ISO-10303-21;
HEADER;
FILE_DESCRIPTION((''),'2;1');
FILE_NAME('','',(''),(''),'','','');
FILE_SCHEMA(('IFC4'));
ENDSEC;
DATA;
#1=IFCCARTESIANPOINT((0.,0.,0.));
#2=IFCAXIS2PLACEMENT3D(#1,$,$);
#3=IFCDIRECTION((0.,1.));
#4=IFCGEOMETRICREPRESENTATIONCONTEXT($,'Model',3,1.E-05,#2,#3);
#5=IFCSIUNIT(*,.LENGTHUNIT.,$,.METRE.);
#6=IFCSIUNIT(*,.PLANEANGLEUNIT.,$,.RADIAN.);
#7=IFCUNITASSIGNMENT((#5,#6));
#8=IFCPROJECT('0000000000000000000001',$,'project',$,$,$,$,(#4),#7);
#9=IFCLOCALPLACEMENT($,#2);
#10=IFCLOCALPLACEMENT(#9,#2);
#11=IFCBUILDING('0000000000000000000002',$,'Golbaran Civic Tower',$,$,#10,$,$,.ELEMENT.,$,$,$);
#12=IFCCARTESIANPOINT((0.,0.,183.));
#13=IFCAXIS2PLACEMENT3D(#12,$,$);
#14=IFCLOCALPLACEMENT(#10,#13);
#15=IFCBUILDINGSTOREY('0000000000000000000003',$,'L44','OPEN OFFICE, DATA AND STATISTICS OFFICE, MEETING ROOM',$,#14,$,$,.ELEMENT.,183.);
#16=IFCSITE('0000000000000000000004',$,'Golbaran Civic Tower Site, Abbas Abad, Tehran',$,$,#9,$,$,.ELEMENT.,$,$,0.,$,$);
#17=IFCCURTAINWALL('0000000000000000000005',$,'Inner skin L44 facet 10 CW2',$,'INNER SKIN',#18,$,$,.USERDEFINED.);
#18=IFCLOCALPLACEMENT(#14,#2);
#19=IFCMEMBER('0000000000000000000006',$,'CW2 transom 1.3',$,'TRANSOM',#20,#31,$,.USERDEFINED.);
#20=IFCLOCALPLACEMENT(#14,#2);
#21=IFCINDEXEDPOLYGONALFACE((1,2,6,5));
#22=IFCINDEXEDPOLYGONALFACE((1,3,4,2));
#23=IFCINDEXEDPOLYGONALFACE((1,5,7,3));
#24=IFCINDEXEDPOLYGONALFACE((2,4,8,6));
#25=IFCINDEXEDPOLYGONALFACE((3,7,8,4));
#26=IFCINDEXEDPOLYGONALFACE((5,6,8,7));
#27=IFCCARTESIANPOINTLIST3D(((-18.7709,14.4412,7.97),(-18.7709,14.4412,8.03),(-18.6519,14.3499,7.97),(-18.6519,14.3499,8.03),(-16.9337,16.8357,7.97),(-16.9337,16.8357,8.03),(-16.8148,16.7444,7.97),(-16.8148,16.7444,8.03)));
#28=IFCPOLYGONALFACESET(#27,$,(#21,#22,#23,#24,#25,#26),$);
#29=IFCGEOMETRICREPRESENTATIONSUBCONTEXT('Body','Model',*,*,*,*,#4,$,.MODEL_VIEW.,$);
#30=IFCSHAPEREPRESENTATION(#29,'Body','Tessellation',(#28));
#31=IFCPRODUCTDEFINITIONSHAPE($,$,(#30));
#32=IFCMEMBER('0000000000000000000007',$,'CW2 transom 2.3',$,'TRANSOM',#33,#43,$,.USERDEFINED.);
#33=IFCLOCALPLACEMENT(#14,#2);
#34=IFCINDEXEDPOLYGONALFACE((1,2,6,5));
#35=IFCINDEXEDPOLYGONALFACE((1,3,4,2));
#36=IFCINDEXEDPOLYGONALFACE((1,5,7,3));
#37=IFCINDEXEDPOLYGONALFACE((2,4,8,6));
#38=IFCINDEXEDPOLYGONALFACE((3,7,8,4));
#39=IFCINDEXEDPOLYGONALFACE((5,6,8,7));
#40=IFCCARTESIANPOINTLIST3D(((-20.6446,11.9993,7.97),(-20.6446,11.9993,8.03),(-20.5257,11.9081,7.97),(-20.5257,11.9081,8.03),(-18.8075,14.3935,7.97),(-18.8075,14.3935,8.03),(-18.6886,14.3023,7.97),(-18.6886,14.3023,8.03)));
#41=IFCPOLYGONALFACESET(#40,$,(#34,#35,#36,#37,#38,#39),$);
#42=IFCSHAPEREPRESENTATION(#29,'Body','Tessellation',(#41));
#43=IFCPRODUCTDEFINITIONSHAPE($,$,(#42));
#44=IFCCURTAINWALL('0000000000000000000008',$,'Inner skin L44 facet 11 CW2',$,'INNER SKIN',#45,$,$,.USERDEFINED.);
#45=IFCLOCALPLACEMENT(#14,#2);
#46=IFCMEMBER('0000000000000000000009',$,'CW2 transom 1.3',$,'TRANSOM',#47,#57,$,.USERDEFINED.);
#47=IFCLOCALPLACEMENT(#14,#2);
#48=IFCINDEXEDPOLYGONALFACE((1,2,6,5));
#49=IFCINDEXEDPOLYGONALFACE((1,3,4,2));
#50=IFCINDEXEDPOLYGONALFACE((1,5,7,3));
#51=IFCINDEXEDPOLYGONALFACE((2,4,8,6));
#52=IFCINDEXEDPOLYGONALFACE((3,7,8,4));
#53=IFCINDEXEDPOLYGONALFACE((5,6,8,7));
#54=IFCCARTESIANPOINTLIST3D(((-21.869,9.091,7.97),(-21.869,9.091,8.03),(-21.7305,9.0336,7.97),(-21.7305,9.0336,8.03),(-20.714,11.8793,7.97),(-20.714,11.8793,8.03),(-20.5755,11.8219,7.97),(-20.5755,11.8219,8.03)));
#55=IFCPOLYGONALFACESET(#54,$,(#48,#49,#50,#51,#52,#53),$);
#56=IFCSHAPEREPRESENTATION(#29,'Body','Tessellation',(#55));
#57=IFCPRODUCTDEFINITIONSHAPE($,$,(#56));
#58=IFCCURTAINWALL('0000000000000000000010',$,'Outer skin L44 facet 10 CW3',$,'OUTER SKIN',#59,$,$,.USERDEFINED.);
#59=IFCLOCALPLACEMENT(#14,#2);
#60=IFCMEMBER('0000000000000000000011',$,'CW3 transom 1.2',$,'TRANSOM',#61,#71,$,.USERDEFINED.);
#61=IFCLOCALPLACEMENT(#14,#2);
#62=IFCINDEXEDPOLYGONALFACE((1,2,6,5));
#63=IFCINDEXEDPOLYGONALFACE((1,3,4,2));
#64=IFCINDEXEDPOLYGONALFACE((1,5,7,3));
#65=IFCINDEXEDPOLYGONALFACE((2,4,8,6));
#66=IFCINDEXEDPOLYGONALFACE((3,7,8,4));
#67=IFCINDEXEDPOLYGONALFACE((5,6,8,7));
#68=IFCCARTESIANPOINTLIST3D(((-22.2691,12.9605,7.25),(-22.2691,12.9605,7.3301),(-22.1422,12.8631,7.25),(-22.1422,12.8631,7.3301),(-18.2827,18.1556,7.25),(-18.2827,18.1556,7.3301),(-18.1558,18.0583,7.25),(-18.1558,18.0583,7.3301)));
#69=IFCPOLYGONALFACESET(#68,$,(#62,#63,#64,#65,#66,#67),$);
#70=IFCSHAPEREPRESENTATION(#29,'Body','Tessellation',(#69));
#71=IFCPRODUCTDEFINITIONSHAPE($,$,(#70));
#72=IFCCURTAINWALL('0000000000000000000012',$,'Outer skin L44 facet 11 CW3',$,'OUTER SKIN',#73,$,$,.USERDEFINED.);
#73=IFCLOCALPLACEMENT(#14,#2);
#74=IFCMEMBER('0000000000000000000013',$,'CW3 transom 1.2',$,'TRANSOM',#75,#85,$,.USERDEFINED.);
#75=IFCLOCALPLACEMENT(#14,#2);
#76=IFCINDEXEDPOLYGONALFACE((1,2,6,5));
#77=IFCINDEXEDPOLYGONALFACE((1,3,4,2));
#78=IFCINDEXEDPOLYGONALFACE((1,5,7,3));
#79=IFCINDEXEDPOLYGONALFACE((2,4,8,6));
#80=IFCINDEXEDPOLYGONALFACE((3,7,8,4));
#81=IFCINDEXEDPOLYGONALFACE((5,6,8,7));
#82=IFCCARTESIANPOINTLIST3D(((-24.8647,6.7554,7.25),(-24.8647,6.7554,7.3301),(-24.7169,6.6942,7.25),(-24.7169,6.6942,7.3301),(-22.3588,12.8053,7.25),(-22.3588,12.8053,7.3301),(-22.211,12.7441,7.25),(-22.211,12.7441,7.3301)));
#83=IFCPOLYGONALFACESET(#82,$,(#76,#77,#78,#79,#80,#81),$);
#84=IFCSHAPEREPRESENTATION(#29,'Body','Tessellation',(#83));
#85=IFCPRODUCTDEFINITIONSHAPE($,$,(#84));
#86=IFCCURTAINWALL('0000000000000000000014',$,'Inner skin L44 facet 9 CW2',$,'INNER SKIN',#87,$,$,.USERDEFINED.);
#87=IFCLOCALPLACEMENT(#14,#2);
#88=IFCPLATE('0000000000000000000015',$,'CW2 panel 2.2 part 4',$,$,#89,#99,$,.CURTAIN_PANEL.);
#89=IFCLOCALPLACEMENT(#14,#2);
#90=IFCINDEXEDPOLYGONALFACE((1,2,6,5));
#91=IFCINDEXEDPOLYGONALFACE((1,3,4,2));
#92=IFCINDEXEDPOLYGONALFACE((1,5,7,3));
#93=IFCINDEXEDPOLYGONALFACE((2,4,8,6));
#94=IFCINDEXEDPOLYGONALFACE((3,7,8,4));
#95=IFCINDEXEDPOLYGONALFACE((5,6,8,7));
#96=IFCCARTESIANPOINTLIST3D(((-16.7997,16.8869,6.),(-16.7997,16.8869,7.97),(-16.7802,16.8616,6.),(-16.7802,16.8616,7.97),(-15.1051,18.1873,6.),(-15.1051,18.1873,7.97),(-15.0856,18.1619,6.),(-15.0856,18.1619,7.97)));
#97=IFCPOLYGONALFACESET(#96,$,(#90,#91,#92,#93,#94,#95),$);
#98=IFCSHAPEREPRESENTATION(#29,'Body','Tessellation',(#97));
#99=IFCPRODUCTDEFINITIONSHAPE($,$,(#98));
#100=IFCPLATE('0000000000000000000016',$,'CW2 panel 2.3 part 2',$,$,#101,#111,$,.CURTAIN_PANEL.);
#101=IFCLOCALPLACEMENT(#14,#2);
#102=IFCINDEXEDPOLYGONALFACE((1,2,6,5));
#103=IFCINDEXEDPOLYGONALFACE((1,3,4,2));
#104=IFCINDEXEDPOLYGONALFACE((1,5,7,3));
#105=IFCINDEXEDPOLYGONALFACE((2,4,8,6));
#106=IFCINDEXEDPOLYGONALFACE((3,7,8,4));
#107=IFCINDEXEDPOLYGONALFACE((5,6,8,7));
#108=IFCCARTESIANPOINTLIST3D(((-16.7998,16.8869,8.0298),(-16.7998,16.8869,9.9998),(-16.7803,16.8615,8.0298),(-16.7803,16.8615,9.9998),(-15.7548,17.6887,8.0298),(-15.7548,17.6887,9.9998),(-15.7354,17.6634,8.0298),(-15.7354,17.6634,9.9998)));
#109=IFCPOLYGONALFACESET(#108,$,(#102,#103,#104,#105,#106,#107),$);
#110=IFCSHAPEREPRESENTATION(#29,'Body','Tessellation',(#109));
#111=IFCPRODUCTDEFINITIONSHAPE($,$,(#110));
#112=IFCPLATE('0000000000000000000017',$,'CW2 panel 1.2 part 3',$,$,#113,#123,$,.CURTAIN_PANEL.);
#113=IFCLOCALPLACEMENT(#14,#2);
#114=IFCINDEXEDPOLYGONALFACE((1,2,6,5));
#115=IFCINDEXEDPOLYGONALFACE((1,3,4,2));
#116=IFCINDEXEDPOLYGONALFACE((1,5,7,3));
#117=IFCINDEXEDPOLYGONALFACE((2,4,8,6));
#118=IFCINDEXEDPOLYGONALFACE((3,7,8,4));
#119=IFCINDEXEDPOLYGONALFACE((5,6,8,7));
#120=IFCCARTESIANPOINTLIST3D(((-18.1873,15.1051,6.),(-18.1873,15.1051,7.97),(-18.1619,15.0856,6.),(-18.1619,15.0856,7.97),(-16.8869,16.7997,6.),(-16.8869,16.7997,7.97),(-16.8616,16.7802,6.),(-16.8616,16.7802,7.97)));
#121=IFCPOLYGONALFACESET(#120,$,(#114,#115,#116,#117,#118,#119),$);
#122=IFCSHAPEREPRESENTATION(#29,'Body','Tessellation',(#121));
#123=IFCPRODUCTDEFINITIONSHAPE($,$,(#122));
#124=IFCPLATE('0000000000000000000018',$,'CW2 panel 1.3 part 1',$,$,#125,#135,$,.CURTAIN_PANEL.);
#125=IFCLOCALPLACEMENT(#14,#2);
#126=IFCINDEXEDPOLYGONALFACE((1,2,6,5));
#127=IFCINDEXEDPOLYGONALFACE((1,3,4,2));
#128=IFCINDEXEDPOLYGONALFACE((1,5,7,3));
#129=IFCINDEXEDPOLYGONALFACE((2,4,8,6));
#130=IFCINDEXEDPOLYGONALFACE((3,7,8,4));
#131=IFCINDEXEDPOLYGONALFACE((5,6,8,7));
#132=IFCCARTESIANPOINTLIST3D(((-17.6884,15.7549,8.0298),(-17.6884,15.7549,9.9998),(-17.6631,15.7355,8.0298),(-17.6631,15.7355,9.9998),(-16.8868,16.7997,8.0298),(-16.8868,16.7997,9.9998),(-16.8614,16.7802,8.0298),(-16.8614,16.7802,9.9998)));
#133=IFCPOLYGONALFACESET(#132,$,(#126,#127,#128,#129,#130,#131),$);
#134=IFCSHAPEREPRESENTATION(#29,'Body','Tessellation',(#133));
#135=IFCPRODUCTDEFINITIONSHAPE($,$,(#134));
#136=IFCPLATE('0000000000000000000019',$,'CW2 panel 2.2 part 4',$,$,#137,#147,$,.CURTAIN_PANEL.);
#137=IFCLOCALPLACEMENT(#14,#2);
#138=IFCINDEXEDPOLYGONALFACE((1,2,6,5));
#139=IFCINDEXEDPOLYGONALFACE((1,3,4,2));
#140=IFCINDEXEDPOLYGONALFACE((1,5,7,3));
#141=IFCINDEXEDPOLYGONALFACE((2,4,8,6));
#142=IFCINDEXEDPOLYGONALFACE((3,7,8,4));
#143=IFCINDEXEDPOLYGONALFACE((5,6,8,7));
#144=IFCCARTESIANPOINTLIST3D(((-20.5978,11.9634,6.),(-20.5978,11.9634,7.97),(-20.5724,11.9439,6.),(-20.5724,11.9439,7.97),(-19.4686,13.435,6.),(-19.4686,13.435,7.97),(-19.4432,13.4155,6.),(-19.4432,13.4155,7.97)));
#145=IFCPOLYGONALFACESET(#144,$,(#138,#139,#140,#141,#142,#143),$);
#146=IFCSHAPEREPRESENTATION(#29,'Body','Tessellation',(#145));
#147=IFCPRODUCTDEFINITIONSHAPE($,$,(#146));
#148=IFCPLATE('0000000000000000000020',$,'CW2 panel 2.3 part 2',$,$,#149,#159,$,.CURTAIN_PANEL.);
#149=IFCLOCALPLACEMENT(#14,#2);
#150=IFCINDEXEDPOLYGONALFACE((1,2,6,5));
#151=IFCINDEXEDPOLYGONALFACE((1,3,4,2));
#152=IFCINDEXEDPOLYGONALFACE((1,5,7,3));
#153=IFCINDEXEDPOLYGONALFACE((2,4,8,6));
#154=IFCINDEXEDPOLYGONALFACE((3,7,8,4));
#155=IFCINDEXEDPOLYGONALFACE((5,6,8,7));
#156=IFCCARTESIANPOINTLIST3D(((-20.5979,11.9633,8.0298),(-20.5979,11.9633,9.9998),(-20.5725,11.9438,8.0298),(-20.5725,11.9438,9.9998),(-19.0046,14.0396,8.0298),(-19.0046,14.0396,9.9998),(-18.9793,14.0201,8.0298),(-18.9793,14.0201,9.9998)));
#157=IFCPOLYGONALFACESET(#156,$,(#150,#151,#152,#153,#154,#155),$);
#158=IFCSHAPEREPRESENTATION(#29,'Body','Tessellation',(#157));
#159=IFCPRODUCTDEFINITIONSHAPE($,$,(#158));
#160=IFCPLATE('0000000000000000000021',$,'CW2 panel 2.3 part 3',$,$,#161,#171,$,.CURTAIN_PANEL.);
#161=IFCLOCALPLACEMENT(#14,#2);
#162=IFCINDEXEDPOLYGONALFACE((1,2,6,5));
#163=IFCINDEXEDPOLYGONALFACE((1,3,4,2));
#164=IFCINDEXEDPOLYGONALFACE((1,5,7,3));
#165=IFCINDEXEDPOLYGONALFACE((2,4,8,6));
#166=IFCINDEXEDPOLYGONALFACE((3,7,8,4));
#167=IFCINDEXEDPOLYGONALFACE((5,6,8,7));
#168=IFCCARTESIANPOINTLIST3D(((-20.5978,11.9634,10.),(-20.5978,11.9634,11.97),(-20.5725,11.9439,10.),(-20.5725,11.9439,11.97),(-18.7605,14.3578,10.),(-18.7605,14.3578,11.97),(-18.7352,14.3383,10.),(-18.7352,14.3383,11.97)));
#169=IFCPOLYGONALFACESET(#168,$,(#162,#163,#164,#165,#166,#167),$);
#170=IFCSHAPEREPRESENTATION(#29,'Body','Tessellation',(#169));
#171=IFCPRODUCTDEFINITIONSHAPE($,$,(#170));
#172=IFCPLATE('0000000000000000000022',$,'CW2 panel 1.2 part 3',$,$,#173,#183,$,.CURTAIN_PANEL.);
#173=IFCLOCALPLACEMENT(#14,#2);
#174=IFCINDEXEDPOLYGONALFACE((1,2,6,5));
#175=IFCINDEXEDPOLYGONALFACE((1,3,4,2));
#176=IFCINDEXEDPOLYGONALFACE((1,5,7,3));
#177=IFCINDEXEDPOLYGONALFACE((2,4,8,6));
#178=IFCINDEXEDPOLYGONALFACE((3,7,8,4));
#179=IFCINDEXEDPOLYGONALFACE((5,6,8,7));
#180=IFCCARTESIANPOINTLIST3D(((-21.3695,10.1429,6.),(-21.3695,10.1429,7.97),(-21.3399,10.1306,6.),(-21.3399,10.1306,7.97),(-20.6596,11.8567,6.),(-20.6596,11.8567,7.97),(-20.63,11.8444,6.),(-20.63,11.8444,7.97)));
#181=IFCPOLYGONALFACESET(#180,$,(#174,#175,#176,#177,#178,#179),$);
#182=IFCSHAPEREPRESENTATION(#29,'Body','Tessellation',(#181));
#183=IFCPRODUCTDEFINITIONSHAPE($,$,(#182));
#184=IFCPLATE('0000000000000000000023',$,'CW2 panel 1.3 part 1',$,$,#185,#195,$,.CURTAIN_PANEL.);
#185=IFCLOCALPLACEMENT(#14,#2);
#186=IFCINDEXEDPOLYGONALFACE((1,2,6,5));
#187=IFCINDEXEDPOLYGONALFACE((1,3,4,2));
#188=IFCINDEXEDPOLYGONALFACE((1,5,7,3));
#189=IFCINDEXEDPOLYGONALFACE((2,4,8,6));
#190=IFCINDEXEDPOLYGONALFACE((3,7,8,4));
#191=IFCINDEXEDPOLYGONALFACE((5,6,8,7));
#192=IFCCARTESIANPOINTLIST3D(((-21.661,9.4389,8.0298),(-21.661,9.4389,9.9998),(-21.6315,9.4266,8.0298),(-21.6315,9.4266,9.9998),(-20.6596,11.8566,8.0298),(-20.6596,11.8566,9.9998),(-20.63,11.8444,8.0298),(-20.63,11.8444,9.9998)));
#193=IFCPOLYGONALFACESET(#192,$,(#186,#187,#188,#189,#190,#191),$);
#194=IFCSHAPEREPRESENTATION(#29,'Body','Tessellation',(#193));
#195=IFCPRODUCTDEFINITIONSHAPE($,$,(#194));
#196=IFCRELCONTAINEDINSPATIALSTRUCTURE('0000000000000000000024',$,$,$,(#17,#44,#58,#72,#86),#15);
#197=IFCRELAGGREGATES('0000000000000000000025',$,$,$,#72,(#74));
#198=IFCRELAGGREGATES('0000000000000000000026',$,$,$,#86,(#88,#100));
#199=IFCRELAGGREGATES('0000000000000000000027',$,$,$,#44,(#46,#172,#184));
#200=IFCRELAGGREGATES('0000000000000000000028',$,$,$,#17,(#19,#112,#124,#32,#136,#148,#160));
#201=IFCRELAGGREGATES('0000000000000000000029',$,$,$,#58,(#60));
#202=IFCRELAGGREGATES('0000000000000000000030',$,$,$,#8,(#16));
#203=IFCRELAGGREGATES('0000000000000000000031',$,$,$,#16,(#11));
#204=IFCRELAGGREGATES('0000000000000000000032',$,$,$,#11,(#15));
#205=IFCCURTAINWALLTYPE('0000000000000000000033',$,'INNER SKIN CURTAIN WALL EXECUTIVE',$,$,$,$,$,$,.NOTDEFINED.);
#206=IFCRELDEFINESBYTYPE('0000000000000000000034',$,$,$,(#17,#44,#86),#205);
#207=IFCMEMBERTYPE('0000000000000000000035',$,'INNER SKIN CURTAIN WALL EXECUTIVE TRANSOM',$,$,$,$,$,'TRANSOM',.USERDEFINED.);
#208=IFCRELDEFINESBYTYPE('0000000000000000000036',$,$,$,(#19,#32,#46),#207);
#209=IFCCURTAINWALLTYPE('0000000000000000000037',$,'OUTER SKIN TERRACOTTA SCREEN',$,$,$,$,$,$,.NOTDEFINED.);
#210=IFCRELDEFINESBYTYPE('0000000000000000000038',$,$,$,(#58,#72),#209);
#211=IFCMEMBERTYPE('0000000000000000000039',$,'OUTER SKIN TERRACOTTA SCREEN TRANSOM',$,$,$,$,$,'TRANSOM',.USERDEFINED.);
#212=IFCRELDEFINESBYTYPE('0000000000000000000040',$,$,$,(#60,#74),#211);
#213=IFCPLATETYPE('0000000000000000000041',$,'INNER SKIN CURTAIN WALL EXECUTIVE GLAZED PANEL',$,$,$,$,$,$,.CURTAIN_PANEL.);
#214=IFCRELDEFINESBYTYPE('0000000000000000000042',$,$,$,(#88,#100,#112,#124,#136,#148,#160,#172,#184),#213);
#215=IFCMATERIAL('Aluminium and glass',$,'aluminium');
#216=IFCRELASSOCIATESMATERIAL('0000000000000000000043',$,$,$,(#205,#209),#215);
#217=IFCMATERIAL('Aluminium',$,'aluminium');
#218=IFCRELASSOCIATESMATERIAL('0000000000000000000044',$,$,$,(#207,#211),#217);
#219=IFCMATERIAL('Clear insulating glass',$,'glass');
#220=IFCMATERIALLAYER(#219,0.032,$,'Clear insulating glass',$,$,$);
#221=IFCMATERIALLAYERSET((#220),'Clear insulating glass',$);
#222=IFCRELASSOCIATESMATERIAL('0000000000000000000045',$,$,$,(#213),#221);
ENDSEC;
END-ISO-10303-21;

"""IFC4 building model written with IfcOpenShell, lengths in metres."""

from ifc_helpers import new_model, si_unit, direction, frame, origin, origin_2d, place, context, subcontext, project, spatial, rectangle, extrude, material, layer, layer_set, material_profile, profile_set, type_object, element, aggregate, save


model = new_model("IFC4")

# Units and contexts
model_context = context("Model", 3, precision=1e-05, world=origin(), true_north=direction((0.0, 1.0)))
body_context = subcontext(model_context, "Body", "Model", "MODEL_VIEW")
ifc_project = project(units=[si_unit("LENGTHUNIT", "METRE"), si_unit("PLANEANGLEUNIT", "RADIAN")], contexts=[model_context])

# Site, building, storey
site_placement = place(None, origin())
site = spatial("IfcSite", under=ifc_project, at=site_placement, Name="Golbaran Civic Tower Site, Abbas Abad, Tehran", CompositionType="ELEMENT", RefElevation=0.0)
building_placement = place(site_placement, origin())
building = spatial("IfcBuilding", under=site, at=building_placement, Name="Golbaran Civic Tower", CompositionType="ELEMENT")
storey_placement = place(building_placement, frame((0.0, 0.0, 183.0)))
storey = spatial("IfcBuildingStorey", under=building, at=storey_placement, Name="L44", Description="OPEN OFFICE, DATA AND STATISTICS OFFICE, MEETING ROOM", CompositionType="ELEMENT", Elevation=183.0)

# Curtain wall, members
ifc_material_1 = material(Name="Aluminium and glass", Category="aluminium")
curtain_wall_type_1 = type_object("IfcCurtainWallType", Name="INNER SKIN CURTAIN WALL EXECUTIVE", PredefinedType="NOTDEFINED", material=ifc_material_1)
curtain_wall_1_placement = place(storey_placement, origin())
curtain_wall_1 = element("IfcCurtainWall", 1, at=curtain_wall_1_placement, inside=storey, type_object=curtain_wall_type_1, Name="Inner skin L44 facet 10 CW2", ObjectType="INNER SKIN", PredefinedType="USERDEFINED")
ifc_material_2 = material(Name="Aluminium", Category="aluminium")
ifc_material_profile_1 = material_profile(ifc_material_2, rectangle(XDim=0.1499, YDim=0.0601, at=origin_2d()), Name="INNER SKIN CURTAIN WALL EXECUTIVE TRANSOM")
ifc_profile_set_1 = profile_set([ifc_material_profile_1], Name="Aluminium")
member_type_1 = type_object("IfcMemberType", Name="INNER SKIN CURTAIN WALL EXECUTIVE TRANSOM", ElementType="TRANSOM", PredefinedType="USERDEFINED", material=ifc_profile_set_1)
member_1_placement = place(storey_placement, frame((-16.8743, 16.79, 8.0), z_axis=(-0.608713, -0.79339, 0.0), x_axis=(0.79339, -0.608713, 0.0)))
member_1 = element("IfcMember", 2, at=member_1_placement, type_object=member_type_1, Name="CW2 transom 1.3", ObjectType="TRANSOM", PredefinedType="USERDEFINED", context=body_context, shape_type="SweptSolid", body=[
    extrude(rectangle(XDim=0.1499, YDim=0.0601, at=origin_2d()), origin(), (0.0, 0.0, 1.0), 3.0181),
])
member_2_placement = place(storey_placement, frame((-18.748, 14.3479, 8.0), z_axis=(-0.608752, -0.79336, 0.0), x_axis=(0.79336, -0.608752, 0.0)))
member_2 = element("IfcMember", 3, at=member_2_placement, type_object=member_type_1, Name="CW2 transom 2.3", ObjectType="TRANSOM", PredefinedType="USERDEFINED", context=body_context, shape_type="SweptSolid", body=[
    extrude(rectangle(XDim=0.1499, YDim=0.0601, at=origin_2d()), origin(), (0.0, 0.0, 1.0), 3.0178),
])

# Curtain walls, members
curtain_wall_2_placement = place(storey_placement, origin())
curtain_wall_2 = element("IfcCurtainWall", 4, at=curtain_wall_2_placement, inside=storey, type_object=curtain_wall_type_1, Name="Inner skin L44 facet 11 CW2", ObjectType="INNER SKIN", PredefinedType="USERDEFINED")
member_3_placement = place(storey_placement, frame((-20.6448, 11.8506, 8.0), z_axis=(-0.382702, -0.923872, 0.0), x_axis=(0.923872, -0.382702, 0.0)))
member_3 = element("IfcMember", 5, at=member_3_placement, type_object=member_type_1, Name="CW2 transom 1.3", ObjectType="TRANSOM", PredefinedType="USERDEFINED", context=body_context, shape_type="SweptSolid", body=[
    extrude(rectangle(XDim=0.1499, YDim=0.0601, at=origin_2d()), origin(), (0.0, 0.0, 1.0), 3.0181),
])
curtain_wall_type_2 = type_object("IfcCurtainWallType", Name="OUTER SKIN TERRACOTTA SCREEN", PredefinedType="NOTDEFINED", material=ifc_material_1)
curtain_wall_3_placement = place(storey_placement, origin())
curtain_wall_3 = element("IfcCurtainWall", 6, at=curtain_wall_3_placement, inside=storey, type_object=curtain_wall_type_2, Name="Outer skin L44 facet 10 CW3", ObjectType="OUTER SKIN", PredefinedType="USERDEFINED")
ifc_material_profile_2 = material_profile(ifc_material_2, rectangle(XDim=0.1599, YDim=0.0801, at=origin_2d()), Name="OUTER SKIN TERRACOTTA SCREEN TRANSOM")
ifc_profile_set_2 = profile_set([ifc_material_profile_2], Name="Aluminium")
member_type_2 = type_object("IfcMemberType", Name="OUTER SKIN TERRACOTTA SCREEN TRANSOM", ElementType="TRANSOM", PredefinedType="USERDEFINED", material=ifc_profile_set_2)
member_4_placement = place(storey_placement, frame((-18.2192, 18.1069, 7.29), z_axis=(-0.608763, -0.793352, 0.0), x_axis=(0.793352, -0.608763, 0.0)))
member_4 = element("IfcMember", 7, at=member_4_placement, type_object=member_type_2, Name="CW3 transom 1.2", ObjectType="TRANSOM", PredefinedType="USERDEFINED", context=body_context, shape_type="SweptSolid", body=[
    extrude(rectangle(XDim=0.1599, YDim=0.0801, at=origin_2d()), origin(), (0.0, 0.0, 1.0), 6.5483),
])
curtain_wall_4_placement = place(storey_placement, origin())
curtain_wall_4 = element("IfcCurtainWall", 8, at=curtain_wall_4_placement, inside=storey, type_object=curtain_wall_type_2, Name="Outer skin L44 facet 11 CW3", ObjectType="OUTER SKIN", PredefinedType="USERDEFINED")
member_5_placement = place(storey_placement, frame((-22.2849, 12.7747, 7.29), z_axis=(-0.382677, -0.923882, 0.0), x_axis=(0.923882, -0.382677, 0.0)))
member_5 = element("IfcMember", 9, at=member_5_placement, type_object=member_type_2, Name="CW3 transom 1.2", ObjectType="TRANSOM", PredefinedType="USERDEFINED", context=body_context, shape_type="SweptSolid", body=[
    extrude(rectangle(XDim=0.1599, YDim=0.0801, at=origin_2d()), origin(), (0.0, 0.0, 1.0), 6.5483),
])
aggregate(curtain_wall_4, [member_5])

# Curtain wall, plates
curtain_wall_5_placement = place(storey_placement, origin())
curtain_wall_5 = element("IfcCurtainWall", 10, at=curtain_wall_5_placement, inside=storey, type_object=curtain_wall_type_1, Name="Inner skin L44 facet 9 CW2", ObjectType="INNER SKIN", PredefinedType="USERDEFINED")
ifc_material_3 = material(Name="Clear insulating glass", Category="glass")
ifc_layer_1 = layer(ifc_material_3, 0.032, Name="Clear insulating glass")
ifc_layer_set_1 = layer_set([ifc_layer_1], Name="Clear insulating glass")
plate_type_1 = type_object("IfcPlateType", Name="INNER SKIN CURTAIN WALL EXECUTIVE GLAZED PANEL", PredefinedType="CURTAIN_PANEL", material=ifc_layer_set_1)
plate_1_placement = place(storey_placement, frame((-15.9426, 17.5244, 6.0), z_axis=(0.0, 0.0, 1.0), x_axis=(-0.793353, -0.608761, 0.0)))
plate_1 = element("IfcPlate", 11, at=plate_1_placement, type_object=plate_type_1, Name="CW2 panel 2.2 part 4", PredefinedType="CURTAIN_PANEL", context=body_context, shape_type="SweptSolid", body=[
    extrude(rectangle(XDim=2.136, YDim=0.032, at=origin_2d()), origin(), (0.0, 0.0, 1.0), 1.97),
])
plate_2_placement = place(storey_placement, frame((-16.2676, 17.2751, 8.0298), z_axis=(0.0, 0.0, 1.0), x_axis=(-0.793353, -0.608761, 0.0)))
plate_2 = element("IfcPlate", 12, at=plate_2_placement, type_object=plate_type_1, Name="CW2 panel 2.3 part 2", PredefinedType="CURTAIN_PANEL", context=body_context, shape_type="SweptSolid", body=[
    extrude(rectangle(XDim=1.3171, YDim=0.032, at=origin_2d()), origin(), (0.0, 0.0, 1.0), 1.97),
])
aggregate(curtain_wall_5, [plate_1, plate_2])

# Plates
plate_3_placement = place(storey_placement, frame((-17.5244, 15.9426, 6.0), z_axis=(0.0, 0.0, 1.0), x_axis=(-0.608761, -0.793353, 0.0)))
plate_3 = element("IfcPlate", 13, at=plate_3_placement, type_object=plate_type_1, Name="CW2 panel 1.2 part 3", PredefinedType="CURTAIN_PANEL", context=body_context, shape_type="SweptSolid", body=[
    extrude(rectangle(XDim=2.136, YDim=0.032, at=origin_2d()), origin(), (0.0, 0.0, 1.0), 1.97),
])
plate_4_placement = place(storey_placement, frame((-17.2749, 16.2676, 8.0298), z_axis=(0.0, 0.0, 1.0), x_axis=(-0.608761, -0.793353, 0.0)))
plate_4 = element("IfcPlate", 14, at=plate_4_placement, type_object=plate_type_1, Name="CW2 panel 1.3 part 1", PredefinedType="CURTAIN_PANEL", context=body_context, shape_type="SweptSolid", body=[
    extrude(rectangle(XDim=1.3169, YDim=0.032, at=origin_2d()), origin(), (0.0, 0.0, 1.0), 1.97),
])
plate_5_placement = place(storey_placement, frame((-20.0205, 12.6895, 6.0), z_axis=(0.0, 0.0, 1.0), x_axis=(-0.608761, -0.793353, 0.0)))
plate_5 = element("IfcPlate", 15, at=plate_5_placement, type_object=plate_type_1, Name="CW2 panel 2.2 part 4", PredefinedType="CURTAIN_PANEL", context=body_context, shape_type="SweptSolid", body=[
    extrude(rectangle(XDim=1.855, YDim=0.032, at=origin_2d()), origin(), (0.0, 0.0, 1.0), 1.97),
])
plate_6_placement = place(storey_placement, frame((-19.7886, 12.9917, 8.0298), z_axis=(0.0, 0.0, 1.0), x_axis=(-0.608761, -0.793353, 0.0)))
plate_6 = element("IfcPlate", 16, at=plate_6_placement, type_object=plate_type_1, Name="CW2 panel 2.3 part 2", PredefinedType="CURTAIN_PANEL", context=body_context, shape_type="SweptSolid", body=[
    extrude(rectangle(XDim=2.6172, YDim=0.032, at=origin_2d()), origin(), (0.0, 0.0, 1.0), 1.97),
])
plate_7_placement = place(storey_placement, frame((-19.6665, 13.1509, 10.0), z_axis=(0.0, 0.0, 1.0), x_axis=(-0.608761, -0.793353, 0.0)))
plate_7 = element("IfcPlate", 17, at=plate_7_placement, type_object=plate_type_1, Name="CW2 panel 2.3 part 3", PredefinedType="CURTAIN_PANEL", context=body_context, shape_type="SweptSolid", body=[
    extrude(rectangle(XDim=3.0181, YDim=0.032, at=origin_2d()), origin(), (0.0, 0.0, 1.0), 1.97),
])
plate_8_placement = place(storey_placement, frame((-20.9998, 10.9937, 6.0), z_axis=(0.0, 0.0, 1.0), x_axis=(-0.382683, -0.92388, 0.0)))
plate_8 = element("IfcPlate", 18, at=plate_8_placement, type_object=plate_type_1, Name="CW2 panel 1.2 part 3", PredefinedType="CURTAIN_PANEL", context=body_context, shape_type="SweptSolid", body=[
    extrude(rectangle(XDim=1.855, YDim=0.032, at=origin_2d()), origin(), (0.0, 0.0, 1.0), 1.97),
])
plate_9_placement = place(storey_placement, frame((-21.1455, 10.6416, 8.0298), z_axis=(0.0, 0.0, 1.0), x_axis=(-0.382683, -0.92388, 0.0)))
plate_9 = element("IfcPlate", 19, at=plate_9_placement, type_object=plate_type_1, Name="CW2 panel 1.3 part 1", PredefinedType="CURTAIN_PANEL", context=body_context, shape_type="SweptSolid", body=[
    extrude(rectangle(XDim=2.6169, YDim=0.032, at=origin_2d()), origin(), (0.0, 0.0, 1.0), 1.97),
])
aggregate(curtain_wall_2, [member_3, plate_8, plate_9])
aggregate(curtain_wall_1, [member_1, plate_3, plate_4, member_2, plate_5, plate_6, plate_7])
aggregate(curtain_wall_3, [member_4])

save(model, "model.ifc")
